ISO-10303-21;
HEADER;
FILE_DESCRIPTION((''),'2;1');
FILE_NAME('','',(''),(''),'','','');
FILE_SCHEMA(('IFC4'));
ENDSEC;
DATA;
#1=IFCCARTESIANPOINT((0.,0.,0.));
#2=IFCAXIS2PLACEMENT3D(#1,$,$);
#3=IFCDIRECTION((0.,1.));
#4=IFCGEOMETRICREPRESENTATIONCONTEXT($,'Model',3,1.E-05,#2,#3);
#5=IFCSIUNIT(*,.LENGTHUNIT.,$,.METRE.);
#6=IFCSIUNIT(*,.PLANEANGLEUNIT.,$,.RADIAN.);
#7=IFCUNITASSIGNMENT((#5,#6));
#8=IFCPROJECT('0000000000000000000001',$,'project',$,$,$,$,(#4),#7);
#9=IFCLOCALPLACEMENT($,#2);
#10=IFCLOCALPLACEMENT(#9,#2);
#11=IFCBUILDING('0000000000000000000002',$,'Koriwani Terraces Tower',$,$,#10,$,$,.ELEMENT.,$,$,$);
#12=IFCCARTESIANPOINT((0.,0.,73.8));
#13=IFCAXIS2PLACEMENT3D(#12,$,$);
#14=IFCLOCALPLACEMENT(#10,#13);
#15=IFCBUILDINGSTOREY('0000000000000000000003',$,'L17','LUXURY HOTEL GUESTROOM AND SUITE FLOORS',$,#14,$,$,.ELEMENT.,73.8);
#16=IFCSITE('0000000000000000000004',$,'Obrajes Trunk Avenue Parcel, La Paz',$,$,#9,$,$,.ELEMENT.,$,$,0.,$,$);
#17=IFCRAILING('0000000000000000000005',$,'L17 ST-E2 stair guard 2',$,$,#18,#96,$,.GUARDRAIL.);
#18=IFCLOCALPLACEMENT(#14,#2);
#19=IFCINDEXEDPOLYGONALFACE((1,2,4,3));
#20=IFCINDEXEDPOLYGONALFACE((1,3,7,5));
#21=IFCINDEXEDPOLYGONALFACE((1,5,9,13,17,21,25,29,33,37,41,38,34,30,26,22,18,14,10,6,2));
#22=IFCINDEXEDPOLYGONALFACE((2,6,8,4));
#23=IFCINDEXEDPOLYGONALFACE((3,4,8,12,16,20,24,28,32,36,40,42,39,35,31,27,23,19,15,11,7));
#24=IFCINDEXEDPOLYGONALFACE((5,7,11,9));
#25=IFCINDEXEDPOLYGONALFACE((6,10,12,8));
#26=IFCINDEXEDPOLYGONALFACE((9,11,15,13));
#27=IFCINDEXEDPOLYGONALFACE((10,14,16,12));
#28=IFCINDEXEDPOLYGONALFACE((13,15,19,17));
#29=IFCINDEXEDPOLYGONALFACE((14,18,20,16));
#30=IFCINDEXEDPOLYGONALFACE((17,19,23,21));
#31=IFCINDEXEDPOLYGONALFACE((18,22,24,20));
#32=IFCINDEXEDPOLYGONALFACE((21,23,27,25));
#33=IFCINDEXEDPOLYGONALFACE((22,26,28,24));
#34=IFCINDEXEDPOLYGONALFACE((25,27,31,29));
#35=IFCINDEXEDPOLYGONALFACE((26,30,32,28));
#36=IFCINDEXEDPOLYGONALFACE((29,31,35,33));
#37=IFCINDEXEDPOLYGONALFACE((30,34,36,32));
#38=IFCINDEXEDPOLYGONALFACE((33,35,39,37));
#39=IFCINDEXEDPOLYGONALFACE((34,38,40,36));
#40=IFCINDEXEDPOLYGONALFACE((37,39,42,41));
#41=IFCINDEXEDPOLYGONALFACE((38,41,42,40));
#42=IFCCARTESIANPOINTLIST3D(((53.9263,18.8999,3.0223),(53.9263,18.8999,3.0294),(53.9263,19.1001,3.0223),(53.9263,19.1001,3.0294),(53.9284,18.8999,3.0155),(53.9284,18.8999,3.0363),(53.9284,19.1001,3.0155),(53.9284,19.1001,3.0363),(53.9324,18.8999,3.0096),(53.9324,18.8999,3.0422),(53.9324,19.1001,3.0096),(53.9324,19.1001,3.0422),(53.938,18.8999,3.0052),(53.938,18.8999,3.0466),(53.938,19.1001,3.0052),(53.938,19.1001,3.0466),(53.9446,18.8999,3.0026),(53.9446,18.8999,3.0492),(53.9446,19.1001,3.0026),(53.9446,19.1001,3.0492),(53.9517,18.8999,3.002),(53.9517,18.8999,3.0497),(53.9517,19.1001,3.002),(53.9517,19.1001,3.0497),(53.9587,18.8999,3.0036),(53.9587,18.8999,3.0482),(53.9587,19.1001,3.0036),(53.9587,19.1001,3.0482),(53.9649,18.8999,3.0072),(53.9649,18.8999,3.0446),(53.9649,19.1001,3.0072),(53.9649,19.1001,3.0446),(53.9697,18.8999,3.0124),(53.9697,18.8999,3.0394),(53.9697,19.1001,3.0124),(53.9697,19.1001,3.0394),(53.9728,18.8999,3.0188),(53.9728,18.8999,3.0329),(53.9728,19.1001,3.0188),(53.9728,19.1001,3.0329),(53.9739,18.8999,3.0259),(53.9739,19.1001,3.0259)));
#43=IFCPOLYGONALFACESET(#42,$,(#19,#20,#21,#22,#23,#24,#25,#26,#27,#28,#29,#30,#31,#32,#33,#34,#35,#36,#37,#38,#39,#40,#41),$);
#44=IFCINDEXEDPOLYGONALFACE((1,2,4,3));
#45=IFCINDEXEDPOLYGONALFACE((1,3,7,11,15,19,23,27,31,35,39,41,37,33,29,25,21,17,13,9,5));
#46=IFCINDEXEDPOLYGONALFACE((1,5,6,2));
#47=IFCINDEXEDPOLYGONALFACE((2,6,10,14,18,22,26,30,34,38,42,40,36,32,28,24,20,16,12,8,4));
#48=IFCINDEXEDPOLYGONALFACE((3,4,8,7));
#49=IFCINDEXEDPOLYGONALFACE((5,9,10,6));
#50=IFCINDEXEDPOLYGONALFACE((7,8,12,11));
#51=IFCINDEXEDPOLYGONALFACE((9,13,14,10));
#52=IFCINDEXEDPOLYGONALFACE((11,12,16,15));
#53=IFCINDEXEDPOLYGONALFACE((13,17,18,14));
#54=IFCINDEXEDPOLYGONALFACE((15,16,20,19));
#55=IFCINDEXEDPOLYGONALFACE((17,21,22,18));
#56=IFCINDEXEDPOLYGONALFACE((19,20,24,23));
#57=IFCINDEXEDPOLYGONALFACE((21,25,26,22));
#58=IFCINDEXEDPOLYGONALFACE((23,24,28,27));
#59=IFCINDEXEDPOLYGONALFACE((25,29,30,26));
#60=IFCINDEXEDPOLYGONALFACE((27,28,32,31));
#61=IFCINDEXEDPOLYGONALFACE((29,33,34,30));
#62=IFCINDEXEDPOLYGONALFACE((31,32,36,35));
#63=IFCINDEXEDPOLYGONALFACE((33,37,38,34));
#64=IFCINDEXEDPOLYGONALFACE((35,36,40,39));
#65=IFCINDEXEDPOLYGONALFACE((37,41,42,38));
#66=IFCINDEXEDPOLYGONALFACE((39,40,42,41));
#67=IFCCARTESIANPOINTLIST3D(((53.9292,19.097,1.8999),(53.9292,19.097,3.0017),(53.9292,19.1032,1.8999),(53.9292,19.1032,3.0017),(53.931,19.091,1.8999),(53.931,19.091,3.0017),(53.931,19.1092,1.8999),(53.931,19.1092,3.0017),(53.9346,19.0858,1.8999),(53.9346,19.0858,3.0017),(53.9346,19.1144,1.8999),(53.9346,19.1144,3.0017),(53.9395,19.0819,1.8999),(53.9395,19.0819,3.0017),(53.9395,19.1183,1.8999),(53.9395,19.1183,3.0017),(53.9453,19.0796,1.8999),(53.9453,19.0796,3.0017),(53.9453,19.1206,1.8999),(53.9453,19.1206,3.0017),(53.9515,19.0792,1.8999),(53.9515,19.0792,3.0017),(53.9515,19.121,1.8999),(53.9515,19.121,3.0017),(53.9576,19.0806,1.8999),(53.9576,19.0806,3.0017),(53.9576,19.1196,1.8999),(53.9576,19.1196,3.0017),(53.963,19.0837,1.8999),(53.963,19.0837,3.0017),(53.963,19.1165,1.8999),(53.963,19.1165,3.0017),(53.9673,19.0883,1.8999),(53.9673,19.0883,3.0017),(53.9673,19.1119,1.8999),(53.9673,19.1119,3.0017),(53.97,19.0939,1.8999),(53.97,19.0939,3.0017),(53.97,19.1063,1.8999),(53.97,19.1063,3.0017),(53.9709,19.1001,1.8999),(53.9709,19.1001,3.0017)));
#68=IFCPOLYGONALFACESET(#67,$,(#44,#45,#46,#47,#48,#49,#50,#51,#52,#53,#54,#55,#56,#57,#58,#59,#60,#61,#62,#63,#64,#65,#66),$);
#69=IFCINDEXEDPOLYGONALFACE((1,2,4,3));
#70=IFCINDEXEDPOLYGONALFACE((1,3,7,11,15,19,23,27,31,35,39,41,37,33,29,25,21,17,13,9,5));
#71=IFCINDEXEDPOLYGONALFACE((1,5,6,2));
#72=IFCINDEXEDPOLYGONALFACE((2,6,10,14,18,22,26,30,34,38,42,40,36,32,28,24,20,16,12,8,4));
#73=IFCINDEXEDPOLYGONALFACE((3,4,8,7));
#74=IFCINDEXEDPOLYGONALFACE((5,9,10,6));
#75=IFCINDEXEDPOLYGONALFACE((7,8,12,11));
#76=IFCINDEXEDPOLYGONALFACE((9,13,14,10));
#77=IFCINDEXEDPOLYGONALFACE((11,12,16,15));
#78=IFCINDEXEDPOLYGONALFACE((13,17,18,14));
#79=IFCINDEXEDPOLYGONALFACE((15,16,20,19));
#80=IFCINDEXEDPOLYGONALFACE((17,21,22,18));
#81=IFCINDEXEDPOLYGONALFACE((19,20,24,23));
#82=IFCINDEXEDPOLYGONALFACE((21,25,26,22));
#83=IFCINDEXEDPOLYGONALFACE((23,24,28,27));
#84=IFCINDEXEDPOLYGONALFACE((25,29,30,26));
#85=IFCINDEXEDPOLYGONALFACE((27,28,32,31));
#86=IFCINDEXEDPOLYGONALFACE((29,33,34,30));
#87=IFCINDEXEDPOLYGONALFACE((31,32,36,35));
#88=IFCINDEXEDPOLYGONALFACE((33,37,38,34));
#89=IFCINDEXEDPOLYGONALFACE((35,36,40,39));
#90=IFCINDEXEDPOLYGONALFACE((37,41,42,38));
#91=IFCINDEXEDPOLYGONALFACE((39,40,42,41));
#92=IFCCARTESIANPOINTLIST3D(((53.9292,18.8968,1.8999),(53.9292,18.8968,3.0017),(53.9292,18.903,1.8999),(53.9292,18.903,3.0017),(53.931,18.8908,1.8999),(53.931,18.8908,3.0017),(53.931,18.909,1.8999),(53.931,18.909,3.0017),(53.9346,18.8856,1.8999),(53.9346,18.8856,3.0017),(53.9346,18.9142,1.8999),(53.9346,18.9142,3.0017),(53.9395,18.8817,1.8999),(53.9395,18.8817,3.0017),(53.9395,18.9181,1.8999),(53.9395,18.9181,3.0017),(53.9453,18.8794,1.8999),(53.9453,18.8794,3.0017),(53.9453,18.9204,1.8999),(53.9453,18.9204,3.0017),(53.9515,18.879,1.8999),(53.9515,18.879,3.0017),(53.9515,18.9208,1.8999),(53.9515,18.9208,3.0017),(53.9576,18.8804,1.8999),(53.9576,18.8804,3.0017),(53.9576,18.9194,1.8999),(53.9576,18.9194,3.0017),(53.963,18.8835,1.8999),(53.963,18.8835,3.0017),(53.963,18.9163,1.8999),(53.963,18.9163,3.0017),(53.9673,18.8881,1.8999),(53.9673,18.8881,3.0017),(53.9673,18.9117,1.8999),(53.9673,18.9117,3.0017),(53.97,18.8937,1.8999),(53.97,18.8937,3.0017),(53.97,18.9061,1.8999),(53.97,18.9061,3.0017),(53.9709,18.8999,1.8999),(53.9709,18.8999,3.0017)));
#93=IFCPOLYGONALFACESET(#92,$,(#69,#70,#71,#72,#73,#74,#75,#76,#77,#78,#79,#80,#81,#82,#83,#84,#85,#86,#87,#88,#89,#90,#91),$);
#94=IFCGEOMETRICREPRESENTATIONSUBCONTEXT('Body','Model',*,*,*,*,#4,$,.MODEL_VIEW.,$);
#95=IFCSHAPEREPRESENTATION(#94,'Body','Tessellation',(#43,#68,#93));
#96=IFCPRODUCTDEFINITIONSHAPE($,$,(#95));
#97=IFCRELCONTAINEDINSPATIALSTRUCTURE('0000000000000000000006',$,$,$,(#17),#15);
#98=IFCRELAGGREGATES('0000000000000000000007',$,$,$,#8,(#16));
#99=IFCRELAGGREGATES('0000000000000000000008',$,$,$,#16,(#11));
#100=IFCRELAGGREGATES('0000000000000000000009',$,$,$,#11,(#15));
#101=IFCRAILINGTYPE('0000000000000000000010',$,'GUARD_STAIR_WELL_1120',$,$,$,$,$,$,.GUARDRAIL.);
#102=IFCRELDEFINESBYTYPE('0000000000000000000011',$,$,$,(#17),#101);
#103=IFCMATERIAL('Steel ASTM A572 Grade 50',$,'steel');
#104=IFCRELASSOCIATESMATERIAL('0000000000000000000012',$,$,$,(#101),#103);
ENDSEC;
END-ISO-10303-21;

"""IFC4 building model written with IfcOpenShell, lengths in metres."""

from ifc_helpers import new_model, si_unit, direction, frame, origin, origin_2d, place, context, subcontext, project, spatial, circle, extrude, material, type_object, element, save


model = new_model("IFC4")

# Units and contexts
model_context = context("Model", 3, precision=1e-05, world=origin(), true_north=direction((0.0, 1.0)))
body_context = subcontext(model_context, "Body", "Model", "MODEL_VIEW")
ifc_project = project(units=[si_unit("LENGTHUNIT", "METRE"), si_unit("PLANEANGLEUNIT", "RADIAN")], contexts=[model_context])

# Site, building, storey
site_placement = place(None, origin())
site = spatial("IfcSite", under=ifc_project, at=site_placement, Name="Obrajes Trunk Avenue Parcel, La Paz", CompositionType="ELEMENT", RefElevation=0.0)
building_placement = place(site_placement, origin())
building = spatial("IfcBuilding", under=site, at=building_placement, Name="Koriwani Terraces Tower", CompositionType="ELEMENT")
storey_placement = place(building_placement, frame((0.0, 0.0, 73.8)))
storey = spatial("IfcBuildingStorey", under=building, at=storey_placement, Name="L17", Description="LUXURY HOTEL GUESTROOM AND SUITE FLOORS", CompositionType="ELEMENT", Elevation=73.8)

# Shared definitions
ifc_material_1 = material(Name="Steel ASTM A572 Grade 50", Category="steel")

# Railing
railing_type_1 = type_object("IfcRailingType", Name="GUARD_STAIR_WELL_1120", PredefinedType="GUARDRAIL", material=ifc_material_1)
railing_1_placement = place(storey_placement, frame((53.95, 19.1001, 1.8999)))
element("IfcRailing", 1, at=railing_1_placement, inside=storey, type_object=railing_type_1, Name="L17 ST-E2 stair guard 2", PredefinedType="GUARDRAIL", context=body_context, shape_type="SweptSolid", body=[
    extrude(circle(Radius=0.0239, at=origin_2d()), frame((0.0, 0.0, 1.126), z_axis=(0.0, -1.0, 0.0), x_axis=(1.0, 0.0, 0.0)), (0.0, 0.0, 1.0), 0.2002),
    extrude(circle(Radius=0.021, at=origin_2d()), origin(), (0.0, 0.0, 1.0), 1.1018),
    extrude(circle(Radius=0.021, at=origin_2d()), frame((0.0, -0.2002, 0.0)), (0.0, 0.0, 1.0), 1.1018),
])

save(model, "model.ifc")
